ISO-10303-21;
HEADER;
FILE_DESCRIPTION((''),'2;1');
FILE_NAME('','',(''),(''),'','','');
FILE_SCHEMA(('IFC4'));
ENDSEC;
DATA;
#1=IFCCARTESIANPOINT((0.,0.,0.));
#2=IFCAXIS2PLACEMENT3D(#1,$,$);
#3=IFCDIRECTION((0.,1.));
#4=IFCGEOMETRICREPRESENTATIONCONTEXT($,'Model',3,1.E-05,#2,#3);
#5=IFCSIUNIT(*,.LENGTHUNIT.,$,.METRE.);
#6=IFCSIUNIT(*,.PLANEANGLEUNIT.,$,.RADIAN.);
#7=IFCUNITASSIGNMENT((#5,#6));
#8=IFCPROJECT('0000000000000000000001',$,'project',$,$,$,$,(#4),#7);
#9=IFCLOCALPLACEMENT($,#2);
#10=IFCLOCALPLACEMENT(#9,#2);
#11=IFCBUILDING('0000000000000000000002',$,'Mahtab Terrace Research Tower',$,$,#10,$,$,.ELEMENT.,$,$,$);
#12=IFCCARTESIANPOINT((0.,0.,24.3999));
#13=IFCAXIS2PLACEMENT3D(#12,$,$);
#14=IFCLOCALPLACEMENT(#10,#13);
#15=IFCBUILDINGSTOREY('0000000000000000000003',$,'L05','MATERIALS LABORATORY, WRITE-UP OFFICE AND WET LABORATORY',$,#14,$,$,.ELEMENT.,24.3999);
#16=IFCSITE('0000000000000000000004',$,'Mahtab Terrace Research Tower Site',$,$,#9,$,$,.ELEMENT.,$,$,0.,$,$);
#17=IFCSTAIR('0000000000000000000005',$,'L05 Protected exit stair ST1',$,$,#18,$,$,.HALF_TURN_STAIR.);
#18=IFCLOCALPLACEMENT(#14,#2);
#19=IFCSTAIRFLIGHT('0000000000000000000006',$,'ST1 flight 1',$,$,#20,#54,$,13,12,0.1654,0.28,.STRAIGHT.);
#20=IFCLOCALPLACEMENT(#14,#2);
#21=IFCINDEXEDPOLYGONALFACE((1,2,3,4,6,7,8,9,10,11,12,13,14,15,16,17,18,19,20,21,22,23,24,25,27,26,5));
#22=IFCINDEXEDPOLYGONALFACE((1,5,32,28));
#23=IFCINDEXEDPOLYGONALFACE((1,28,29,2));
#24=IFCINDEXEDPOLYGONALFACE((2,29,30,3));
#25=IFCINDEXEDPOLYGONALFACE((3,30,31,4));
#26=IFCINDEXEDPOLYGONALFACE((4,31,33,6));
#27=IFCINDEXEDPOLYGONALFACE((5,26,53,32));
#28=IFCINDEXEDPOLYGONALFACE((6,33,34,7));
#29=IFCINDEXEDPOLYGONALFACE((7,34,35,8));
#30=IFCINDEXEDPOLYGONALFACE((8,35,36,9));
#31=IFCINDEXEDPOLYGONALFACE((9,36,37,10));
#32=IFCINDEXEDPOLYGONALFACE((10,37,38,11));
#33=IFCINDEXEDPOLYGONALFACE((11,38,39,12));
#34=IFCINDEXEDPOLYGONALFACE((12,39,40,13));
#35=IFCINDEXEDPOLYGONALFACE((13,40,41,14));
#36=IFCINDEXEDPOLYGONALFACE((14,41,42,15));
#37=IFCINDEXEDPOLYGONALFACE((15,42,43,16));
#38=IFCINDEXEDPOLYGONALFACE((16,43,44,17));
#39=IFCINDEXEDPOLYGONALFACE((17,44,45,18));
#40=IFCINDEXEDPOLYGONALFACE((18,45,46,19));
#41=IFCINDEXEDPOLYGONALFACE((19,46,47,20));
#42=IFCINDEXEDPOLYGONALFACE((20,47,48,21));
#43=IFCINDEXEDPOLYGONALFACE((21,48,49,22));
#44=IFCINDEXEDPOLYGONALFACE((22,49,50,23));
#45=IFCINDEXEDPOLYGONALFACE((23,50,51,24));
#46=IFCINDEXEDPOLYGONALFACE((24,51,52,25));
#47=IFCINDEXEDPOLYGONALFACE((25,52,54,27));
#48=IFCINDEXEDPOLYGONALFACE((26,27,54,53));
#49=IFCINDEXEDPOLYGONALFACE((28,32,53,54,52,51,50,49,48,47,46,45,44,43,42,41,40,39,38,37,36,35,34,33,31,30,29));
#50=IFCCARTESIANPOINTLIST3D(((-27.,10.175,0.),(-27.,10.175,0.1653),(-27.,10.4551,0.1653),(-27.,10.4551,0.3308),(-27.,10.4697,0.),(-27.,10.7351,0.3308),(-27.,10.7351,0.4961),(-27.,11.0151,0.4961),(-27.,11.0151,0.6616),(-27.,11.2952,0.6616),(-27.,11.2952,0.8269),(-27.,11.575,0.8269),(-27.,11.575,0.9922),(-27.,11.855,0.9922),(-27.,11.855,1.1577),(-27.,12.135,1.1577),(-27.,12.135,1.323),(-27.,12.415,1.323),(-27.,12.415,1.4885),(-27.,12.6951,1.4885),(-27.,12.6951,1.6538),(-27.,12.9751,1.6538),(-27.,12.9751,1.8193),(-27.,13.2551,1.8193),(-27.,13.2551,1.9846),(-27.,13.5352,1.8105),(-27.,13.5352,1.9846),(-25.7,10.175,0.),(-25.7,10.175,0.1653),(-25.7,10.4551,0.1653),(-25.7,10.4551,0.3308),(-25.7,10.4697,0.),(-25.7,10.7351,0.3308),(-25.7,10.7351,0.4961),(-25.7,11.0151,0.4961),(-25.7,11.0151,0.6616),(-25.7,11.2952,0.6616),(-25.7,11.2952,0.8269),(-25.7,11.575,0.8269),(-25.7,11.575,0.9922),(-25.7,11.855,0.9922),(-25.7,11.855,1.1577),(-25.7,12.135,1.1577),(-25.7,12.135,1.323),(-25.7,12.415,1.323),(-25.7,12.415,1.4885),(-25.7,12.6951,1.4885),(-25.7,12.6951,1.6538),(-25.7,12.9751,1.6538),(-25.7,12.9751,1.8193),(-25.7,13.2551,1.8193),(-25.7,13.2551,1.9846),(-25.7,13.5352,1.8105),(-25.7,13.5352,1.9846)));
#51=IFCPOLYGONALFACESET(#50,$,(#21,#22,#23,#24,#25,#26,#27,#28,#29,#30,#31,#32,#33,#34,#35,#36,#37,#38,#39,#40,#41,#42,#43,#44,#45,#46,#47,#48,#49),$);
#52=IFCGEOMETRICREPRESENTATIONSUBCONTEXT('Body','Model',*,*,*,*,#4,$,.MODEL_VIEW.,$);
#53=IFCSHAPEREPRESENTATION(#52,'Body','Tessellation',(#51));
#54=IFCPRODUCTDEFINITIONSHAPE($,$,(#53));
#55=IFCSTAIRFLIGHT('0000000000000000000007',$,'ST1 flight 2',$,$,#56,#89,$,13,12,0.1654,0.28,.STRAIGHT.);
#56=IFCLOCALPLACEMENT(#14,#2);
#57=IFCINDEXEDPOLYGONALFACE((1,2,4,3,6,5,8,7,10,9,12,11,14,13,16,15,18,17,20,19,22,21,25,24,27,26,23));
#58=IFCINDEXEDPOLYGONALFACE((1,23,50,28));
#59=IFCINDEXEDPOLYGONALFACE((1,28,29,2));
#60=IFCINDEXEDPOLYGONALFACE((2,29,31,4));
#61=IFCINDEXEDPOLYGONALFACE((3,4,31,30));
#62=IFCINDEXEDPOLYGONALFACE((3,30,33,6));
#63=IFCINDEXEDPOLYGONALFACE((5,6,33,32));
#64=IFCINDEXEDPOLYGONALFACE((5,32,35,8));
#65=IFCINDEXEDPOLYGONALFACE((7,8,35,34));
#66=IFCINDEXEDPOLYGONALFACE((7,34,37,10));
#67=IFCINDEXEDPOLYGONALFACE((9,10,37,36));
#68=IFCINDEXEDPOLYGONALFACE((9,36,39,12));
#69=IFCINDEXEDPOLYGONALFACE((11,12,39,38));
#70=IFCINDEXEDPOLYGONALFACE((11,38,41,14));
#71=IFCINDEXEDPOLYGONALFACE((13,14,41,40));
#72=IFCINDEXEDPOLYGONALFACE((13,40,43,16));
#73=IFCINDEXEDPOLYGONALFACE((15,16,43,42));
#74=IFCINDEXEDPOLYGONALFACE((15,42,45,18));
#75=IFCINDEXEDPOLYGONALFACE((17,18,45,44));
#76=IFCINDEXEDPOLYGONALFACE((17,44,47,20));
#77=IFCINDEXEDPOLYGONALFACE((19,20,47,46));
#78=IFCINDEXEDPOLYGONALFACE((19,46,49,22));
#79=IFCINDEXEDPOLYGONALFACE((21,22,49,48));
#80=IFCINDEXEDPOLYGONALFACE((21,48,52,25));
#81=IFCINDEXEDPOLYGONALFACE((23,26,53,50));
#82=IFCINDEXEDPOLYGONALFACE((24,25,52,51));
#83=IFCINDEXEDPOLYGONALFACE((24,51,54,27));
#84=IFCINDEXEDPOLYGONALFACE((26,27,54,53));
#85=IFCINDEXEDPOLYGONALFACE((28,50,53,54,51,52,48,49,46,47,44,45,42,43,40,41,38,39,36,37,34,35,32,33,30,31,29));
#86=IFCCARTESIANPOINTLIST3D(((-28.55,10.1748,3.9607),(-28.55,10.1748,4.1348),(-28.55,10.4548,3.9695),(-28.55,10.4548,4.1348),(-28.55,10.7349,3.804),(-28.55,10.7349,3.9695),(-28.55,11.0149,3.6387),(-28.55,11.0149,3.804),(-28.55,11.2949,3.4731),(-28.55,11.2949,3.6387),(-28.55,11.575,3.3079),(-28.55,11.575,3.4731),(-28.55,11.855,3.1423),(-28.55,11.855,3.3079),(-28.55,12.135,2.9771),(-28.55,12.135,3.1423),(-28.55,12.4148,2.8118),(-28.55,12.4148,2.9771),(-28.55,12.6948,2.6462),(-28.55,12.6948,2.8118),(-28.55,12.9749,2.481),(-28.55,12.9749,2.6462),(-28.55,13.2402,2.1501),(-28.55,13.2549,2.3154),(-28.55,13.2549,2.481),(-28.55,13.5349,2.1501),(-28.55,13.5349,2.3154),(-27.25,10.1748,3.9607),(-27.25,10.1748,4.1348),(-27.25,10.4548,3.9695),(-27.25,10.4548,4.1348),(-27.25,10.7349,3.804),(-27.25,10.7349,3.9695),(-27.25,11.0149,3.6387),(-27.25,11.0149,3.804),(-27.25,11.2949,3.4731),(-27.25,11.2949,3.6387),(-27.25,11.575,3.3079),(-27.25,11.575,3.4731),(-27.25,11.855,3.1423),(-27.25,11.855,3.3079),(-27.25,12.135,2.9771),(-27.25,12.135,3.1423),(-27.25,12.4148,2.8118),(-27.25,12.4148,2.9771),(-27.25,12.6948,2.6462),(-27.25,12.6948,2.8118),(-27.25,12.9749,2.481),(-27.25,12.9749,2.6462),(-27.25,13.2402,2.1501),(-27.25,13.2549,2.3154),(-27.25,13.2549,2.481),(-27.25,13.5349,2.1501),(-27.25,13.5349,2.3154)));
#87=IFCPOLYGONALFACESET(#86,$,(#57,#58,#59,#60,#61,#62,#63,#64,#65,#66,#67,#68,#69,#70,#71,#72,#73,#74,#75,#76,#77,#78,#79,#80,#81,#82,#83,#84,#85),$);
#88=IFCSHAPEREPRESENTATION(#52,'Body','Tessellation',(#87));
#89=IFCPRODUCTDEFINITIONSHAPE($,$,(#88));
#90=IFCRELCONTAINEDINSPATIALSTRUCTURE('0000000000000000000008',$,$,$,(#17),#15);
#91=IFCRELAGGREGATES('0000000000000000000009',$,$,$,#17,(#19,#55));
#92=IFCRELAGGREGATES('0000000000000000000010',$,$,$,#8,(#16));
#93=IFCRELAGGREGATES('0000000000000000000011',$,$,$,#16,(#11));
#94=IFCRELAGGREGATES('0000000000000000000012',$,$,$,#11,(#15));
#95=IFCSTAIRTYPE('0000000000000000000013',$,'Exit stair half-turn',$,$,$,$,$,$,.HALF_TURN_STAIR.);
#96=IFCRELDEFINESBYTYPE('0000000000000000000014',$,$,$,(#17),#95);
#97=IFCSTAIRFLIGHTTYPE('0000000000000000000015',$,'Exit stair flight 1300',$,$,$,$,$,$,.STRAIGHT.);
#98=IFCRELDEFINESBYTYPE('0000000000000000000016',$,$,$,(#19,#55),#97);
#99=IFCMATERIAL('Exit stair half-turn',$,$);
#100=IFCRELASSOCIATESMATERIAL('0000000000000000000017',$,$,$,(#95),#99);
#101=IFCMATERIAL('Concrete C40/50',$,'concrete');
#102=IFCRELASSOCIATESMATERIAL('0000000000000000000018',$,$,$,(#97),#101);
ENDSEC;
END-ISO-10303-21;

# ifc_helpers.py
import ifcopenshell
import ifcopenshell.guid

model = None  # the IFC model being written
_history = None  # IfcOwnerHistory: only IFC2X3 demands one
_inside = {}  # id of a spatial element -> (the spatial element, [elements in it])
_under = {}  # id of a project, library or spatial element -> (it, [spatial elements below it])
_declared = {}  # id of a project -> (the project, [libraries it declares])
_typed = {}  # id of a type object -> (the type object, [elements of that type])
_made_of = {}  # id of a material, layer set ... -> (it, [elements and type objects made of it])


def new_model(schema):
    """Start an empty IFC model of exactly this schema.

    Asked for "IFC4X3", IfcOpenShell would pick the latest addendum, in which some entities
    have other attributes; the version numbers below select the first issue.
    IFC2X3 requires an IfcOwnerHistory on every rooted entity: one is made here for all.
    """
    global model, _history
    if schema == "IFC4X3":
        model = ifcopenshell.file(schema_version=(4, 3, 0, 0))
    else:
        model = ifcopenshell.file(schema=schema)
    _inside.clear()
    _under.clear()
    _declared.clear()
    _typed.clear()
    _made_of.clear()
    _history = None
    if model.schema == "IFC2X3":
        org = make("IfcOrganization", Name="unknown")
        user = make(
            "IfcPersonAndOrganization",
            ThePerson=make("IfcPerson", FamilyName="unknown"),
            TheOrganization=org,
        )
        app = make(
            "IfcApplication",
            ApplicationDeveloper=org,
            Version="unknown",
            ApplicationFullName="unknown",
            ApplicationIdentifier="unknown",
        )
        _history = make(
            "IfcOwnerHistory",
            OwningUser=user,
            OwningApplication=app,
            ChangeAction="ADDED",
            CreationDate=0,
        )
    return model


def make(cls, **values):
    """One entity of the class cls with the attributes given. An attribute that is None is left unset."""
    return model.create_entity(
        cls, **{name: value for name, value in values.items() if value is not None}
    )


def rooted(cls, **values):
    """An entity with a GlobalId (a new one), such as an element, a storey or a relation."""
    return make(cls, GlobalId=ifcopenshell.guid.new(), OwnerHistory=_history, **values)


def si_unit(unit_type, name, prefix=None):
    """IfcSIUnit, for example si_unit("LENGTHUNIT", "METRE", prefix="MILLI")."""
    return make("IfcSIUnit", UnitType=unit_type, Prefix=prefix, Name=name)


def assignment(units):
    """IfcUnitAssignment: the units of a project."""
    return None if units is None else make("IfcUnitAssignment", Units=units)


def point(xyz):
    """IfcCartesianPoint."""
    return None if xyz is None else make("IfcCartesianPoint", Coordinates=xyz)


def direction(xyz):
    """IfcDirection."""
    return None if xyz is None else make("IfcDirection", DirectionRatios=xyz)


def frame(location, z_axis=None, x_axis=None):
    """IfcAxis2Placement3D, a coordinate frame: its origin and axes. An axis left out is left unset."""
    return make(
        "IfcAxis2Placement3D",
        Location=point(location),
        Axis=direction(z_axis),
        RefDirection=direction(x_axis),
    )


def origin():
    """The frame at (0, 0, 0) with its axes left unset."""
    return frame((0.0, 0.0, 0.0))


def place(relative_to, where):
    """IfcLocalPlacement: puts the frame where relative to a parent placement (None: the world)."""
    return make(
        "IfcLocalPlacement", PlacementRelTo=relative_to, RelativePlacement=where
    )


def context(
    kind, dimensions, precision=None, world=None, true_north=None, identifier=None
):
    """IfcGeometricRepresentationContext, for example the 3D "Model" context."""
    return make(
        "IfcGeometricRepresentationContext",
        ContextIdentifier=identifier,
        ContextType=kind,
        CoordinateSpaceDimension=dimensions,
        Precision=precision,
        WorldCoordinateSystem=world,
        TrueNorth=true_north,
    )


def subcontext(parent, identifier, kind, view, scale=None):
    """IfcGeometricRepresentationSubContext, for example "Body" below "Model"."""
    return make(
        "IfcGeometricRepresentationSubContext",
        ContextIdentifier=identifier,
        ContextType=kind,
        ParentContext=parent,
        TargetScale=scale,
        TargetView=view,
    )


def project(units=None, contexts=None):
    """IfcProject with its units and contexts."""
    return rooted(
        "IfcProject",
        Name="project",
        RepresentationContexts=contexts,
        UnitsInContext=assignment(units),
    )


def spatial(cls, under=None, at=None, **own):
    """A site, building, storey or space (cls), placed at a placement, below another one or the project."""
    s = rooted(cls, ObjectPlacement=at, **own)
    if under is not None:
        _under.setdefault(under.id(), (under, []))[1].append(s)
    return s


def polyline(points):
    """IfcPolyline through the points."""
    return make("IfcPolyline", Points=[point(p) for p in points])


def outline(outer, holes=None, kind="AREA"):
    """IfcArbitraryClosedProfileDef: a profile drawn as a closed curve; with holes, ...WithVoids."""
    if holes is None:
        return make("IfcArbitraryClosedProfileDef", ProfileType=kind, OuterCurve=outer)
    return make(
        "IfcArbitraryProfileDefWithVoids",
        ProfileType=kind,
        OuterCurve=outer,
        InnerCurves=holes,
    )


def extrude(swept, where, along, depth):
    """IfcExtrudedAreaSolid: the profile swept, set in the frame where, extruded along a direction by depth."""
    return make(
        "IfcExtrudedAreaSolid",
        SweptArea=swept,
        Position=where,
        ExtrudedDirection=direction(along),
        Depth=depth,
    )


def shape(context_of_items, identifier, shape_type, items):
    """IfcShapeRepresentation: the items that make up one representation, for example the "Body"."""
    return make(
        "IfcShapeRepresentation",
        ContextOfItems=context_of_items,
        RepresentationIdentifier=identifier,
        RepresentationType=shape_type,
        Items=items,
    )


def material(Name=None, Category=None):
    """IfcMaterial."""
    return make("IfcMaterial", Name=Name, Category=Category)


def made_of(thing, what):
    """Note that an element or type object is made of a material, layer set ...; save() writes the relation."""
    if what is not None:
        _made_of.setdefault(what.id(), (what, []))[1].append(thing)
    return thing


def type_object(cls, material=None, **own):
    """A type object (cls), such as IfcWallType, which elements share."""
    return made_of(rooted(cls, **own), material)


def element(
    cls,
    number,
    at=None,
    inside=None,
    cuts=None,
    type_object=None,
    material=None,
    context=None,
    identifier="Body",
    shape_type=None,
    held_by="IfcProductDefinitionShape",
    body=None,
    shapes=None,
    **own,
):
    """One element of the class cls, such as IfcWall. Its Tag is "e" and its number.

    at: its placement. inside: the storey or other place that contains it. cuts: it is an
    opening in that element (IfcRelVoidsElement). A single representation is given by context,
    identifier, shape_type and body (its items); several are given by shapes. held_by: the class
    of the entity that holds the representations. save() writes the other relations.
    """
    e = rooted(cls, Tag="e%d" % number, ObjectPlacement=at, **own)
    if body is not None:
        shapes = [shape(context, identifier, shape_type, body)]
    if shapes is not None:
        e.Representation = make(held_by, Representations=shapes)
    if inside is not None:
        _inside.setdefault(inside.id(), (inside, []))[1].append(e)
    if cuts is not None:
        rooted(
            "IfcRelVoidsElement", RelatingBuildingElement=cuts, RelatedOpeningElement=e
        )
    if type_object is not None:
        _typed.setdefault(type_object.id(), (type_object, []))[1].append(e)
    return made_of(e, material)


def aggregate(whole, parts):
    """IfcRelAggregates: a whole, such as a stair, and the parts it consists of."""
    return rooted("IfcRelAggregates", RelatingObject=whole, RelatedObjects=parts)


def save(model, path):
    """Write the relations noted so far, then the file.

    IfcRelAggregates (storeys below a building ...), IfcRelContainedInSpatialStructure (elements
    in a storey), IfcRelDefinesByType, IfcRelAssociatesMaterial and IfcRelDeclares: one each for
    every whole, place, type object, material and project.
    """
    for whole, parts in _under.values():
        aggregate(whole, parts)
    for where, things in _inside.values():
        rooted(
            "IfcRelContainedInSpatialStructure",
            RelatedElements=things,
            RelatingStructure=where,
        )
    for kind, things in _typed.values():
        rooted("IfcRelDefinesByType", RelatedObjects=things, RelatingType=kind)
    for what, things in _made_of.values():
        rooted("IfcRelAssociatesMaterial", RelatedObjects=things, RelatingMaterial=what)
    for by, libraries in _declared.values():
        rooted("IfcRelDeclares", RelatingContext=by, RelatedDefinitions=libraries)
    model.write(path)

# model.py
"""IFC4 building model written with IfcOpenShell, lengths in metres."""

from ifc_helpers import new_model, si_unit, direction, frame, origin, place, context, subcontext, project, spatial, polyline, outline, extrude, material, type_object, element, aggregate, save


model = new_model("IFC4")

# Units and contexts
model_context = context("Model", 3, precision=1e-05, world=origin(), true_north=direction((0.0, 1.0)))
body_context = subcontext(model_context, "Body", "Model", "MODEL_VIEW")
ifc_project = project(units=[si_unit("LENGTHUNIT", "METRE"), si_unit("PLANEANGLEUNIT", "RADIAN")], contexts=[model_context])

# Site, building, storey
site_placement = place(None, origin())
site = spatial("IfcSite", under=ifc_project, at=site_placement, Name="Mahtab Terrace Research Tower Site", CompositionType="ELEMENT", RefElevation=0.0)
building_placement = place(site_placement, origin())
building = spatial("IfcBuilding", under=site, at=building_placement, Name="Mahtab Terrace Research Tower", CompositionType="ELEMENT")
storey_placement = place(building_placement, frame((0.0, 0.0, 24.3999)))
storey = spatial("IfcBuildingStorey", under=building, at=storey_placement, Name="L05", Description="MATERIALS LABORATORY, WRITE-UP OFFICE AND WET LABORATORY", CompositionType="ELEMENT", Elevation=24.3999)

# Stair, stair flights
ifc_material_1 = material(Name="Exit stair half-turn")
stair_type = type_object("IfcStairType", Name="Exit stair half-turn", PredefinedType="HALF_TURN_STAIR", material=ifc_material_1)
stair_placement = place(storey_placement, origin())
stair = element("IfcStair", 1, at=stair_placement, inside=storey, type_object=stair_type, Name="L05 Protected exit stair ST1", PredefinedType="HALF_TURN_STAIR")
ifc_material_2 = material(Name="Concrete C40/50", Category="concrete")
stair_flight_type = type_object("IfcStairFlightType", Name="Exit stair flight 1300", PredefinedType="STRAIGHT", material=ifc_material_2)
stair_flight_1_placement = place(storey_placement, frame((-26.3501, 10.175, 0.0), z_axis=(0.0, 0.0, 1.0), x_axis=(0.0, 1.0, 0.0)))
stair_flight_1 = element("IfcStairFlight", 2, at=stair_flight_1_placement, type_object=stair_flight_type, Name="ST1 flight 1", NumberOfRisers=13, NumberOfTreads=12, PredefinedType="STRAIGHT", RiserHeight=0.1654, TreadLength=0.28, context=body_context, shape_type="SweptSolid", body=[
    extrude(outline(polyline([(0.0, 0.0), (0.0, 0.1653), (0.28, 0.1653), (0.28, 0.3308), (0.5601, 0.3308), (0.5601, 0.4961), (0.8401, 0.4961), (0.8401, 0.6616), (1.1201, 0.6616), (1.1201, 0.8269), (1.3999, 0.8269), (1.3999, 0.9922), (1.6799, 0.9922), (1.6799, 1.1577), (1.96, 1.1577), (1.96, 1.323), (2.24, 1.323), (2.24, 1.4885), (2.52, 1.4885), (2.52, 1.6538), (2.8, 1.6538), (2.8, 1.8193), (3.0801, 1.8193), (3.0801, 1.9846), (3.3601, 1.9846), (3.3601, 2.1499), (3.3601, 1.8105), (0.2947, 0.0), (0.0, 0.0)])), frame((0.0, 0.6499, 0.0), z_axis=(0.0, -1.0, 0.0), x_axis=(1.0, 0.0, 0.0)), (0.0, 0.0, 1.0), 1.3),
])
stair_flight_2_placement = place(storey_placement, frame((-27.8999, 13.5349, 2.1501), z_axis=(0.0, 0.0, 1.0), x_axis=(0.0, -1.0, 0.0)))
stair_flight_2 = element("IfcStairFlight", 3, at=stair_flight_2_placement, type_object=stair_flight_type, Name="ST1 flight 2", NumberOfRisers=13, NumberOfTreads=12, PredefinedType="STRAIGHT", RiserHeight=0.1654, TreadLength=0.28, context=body_context, shape_type="SweptSolid", body=[
    extrude(outline(polyline([(0.0, 0.0), (0.0, 0.1653), (0.28, 0.1653), (0.28, 0.3308), (0.5601, 0.3308), (0.5601, 0.4961), (0.8401, 0.4961), (0.8401, 0.6616), (1.1201, 0.6616), (1.1201, 0.8269), (1.3999, 0.8269), (1.3999, 0.9922), (1.6799, 0.9922), (1.6799, 1.1577), (1.96, 1.1577), (1.96, 1.323), (2.24, 1.323), (2.24, 1.4885), (2.52, 1.4885), (2.52, 1.6538), (2.8, 1.6538), (2.8, 1.8193), (3.0801, 1.8193), (3.0801, 1.9846), (3.3601, 1.9846), (3.3601, 2.1499), (3.3601, 1.8105), (0.2947, 0.0), (0.0, 0.0)])), frame((0.0, 0.6499, 0.0), z_axis=(0.0, -1.0, 0.0), x_axis=(1.0, 0.0, 0.0)), (0.0, 0.0, 1.0), 1.3),
])
aggregate(stair, [stair_flight_1, stair_flight_2])

save(model, "model.ifc")
